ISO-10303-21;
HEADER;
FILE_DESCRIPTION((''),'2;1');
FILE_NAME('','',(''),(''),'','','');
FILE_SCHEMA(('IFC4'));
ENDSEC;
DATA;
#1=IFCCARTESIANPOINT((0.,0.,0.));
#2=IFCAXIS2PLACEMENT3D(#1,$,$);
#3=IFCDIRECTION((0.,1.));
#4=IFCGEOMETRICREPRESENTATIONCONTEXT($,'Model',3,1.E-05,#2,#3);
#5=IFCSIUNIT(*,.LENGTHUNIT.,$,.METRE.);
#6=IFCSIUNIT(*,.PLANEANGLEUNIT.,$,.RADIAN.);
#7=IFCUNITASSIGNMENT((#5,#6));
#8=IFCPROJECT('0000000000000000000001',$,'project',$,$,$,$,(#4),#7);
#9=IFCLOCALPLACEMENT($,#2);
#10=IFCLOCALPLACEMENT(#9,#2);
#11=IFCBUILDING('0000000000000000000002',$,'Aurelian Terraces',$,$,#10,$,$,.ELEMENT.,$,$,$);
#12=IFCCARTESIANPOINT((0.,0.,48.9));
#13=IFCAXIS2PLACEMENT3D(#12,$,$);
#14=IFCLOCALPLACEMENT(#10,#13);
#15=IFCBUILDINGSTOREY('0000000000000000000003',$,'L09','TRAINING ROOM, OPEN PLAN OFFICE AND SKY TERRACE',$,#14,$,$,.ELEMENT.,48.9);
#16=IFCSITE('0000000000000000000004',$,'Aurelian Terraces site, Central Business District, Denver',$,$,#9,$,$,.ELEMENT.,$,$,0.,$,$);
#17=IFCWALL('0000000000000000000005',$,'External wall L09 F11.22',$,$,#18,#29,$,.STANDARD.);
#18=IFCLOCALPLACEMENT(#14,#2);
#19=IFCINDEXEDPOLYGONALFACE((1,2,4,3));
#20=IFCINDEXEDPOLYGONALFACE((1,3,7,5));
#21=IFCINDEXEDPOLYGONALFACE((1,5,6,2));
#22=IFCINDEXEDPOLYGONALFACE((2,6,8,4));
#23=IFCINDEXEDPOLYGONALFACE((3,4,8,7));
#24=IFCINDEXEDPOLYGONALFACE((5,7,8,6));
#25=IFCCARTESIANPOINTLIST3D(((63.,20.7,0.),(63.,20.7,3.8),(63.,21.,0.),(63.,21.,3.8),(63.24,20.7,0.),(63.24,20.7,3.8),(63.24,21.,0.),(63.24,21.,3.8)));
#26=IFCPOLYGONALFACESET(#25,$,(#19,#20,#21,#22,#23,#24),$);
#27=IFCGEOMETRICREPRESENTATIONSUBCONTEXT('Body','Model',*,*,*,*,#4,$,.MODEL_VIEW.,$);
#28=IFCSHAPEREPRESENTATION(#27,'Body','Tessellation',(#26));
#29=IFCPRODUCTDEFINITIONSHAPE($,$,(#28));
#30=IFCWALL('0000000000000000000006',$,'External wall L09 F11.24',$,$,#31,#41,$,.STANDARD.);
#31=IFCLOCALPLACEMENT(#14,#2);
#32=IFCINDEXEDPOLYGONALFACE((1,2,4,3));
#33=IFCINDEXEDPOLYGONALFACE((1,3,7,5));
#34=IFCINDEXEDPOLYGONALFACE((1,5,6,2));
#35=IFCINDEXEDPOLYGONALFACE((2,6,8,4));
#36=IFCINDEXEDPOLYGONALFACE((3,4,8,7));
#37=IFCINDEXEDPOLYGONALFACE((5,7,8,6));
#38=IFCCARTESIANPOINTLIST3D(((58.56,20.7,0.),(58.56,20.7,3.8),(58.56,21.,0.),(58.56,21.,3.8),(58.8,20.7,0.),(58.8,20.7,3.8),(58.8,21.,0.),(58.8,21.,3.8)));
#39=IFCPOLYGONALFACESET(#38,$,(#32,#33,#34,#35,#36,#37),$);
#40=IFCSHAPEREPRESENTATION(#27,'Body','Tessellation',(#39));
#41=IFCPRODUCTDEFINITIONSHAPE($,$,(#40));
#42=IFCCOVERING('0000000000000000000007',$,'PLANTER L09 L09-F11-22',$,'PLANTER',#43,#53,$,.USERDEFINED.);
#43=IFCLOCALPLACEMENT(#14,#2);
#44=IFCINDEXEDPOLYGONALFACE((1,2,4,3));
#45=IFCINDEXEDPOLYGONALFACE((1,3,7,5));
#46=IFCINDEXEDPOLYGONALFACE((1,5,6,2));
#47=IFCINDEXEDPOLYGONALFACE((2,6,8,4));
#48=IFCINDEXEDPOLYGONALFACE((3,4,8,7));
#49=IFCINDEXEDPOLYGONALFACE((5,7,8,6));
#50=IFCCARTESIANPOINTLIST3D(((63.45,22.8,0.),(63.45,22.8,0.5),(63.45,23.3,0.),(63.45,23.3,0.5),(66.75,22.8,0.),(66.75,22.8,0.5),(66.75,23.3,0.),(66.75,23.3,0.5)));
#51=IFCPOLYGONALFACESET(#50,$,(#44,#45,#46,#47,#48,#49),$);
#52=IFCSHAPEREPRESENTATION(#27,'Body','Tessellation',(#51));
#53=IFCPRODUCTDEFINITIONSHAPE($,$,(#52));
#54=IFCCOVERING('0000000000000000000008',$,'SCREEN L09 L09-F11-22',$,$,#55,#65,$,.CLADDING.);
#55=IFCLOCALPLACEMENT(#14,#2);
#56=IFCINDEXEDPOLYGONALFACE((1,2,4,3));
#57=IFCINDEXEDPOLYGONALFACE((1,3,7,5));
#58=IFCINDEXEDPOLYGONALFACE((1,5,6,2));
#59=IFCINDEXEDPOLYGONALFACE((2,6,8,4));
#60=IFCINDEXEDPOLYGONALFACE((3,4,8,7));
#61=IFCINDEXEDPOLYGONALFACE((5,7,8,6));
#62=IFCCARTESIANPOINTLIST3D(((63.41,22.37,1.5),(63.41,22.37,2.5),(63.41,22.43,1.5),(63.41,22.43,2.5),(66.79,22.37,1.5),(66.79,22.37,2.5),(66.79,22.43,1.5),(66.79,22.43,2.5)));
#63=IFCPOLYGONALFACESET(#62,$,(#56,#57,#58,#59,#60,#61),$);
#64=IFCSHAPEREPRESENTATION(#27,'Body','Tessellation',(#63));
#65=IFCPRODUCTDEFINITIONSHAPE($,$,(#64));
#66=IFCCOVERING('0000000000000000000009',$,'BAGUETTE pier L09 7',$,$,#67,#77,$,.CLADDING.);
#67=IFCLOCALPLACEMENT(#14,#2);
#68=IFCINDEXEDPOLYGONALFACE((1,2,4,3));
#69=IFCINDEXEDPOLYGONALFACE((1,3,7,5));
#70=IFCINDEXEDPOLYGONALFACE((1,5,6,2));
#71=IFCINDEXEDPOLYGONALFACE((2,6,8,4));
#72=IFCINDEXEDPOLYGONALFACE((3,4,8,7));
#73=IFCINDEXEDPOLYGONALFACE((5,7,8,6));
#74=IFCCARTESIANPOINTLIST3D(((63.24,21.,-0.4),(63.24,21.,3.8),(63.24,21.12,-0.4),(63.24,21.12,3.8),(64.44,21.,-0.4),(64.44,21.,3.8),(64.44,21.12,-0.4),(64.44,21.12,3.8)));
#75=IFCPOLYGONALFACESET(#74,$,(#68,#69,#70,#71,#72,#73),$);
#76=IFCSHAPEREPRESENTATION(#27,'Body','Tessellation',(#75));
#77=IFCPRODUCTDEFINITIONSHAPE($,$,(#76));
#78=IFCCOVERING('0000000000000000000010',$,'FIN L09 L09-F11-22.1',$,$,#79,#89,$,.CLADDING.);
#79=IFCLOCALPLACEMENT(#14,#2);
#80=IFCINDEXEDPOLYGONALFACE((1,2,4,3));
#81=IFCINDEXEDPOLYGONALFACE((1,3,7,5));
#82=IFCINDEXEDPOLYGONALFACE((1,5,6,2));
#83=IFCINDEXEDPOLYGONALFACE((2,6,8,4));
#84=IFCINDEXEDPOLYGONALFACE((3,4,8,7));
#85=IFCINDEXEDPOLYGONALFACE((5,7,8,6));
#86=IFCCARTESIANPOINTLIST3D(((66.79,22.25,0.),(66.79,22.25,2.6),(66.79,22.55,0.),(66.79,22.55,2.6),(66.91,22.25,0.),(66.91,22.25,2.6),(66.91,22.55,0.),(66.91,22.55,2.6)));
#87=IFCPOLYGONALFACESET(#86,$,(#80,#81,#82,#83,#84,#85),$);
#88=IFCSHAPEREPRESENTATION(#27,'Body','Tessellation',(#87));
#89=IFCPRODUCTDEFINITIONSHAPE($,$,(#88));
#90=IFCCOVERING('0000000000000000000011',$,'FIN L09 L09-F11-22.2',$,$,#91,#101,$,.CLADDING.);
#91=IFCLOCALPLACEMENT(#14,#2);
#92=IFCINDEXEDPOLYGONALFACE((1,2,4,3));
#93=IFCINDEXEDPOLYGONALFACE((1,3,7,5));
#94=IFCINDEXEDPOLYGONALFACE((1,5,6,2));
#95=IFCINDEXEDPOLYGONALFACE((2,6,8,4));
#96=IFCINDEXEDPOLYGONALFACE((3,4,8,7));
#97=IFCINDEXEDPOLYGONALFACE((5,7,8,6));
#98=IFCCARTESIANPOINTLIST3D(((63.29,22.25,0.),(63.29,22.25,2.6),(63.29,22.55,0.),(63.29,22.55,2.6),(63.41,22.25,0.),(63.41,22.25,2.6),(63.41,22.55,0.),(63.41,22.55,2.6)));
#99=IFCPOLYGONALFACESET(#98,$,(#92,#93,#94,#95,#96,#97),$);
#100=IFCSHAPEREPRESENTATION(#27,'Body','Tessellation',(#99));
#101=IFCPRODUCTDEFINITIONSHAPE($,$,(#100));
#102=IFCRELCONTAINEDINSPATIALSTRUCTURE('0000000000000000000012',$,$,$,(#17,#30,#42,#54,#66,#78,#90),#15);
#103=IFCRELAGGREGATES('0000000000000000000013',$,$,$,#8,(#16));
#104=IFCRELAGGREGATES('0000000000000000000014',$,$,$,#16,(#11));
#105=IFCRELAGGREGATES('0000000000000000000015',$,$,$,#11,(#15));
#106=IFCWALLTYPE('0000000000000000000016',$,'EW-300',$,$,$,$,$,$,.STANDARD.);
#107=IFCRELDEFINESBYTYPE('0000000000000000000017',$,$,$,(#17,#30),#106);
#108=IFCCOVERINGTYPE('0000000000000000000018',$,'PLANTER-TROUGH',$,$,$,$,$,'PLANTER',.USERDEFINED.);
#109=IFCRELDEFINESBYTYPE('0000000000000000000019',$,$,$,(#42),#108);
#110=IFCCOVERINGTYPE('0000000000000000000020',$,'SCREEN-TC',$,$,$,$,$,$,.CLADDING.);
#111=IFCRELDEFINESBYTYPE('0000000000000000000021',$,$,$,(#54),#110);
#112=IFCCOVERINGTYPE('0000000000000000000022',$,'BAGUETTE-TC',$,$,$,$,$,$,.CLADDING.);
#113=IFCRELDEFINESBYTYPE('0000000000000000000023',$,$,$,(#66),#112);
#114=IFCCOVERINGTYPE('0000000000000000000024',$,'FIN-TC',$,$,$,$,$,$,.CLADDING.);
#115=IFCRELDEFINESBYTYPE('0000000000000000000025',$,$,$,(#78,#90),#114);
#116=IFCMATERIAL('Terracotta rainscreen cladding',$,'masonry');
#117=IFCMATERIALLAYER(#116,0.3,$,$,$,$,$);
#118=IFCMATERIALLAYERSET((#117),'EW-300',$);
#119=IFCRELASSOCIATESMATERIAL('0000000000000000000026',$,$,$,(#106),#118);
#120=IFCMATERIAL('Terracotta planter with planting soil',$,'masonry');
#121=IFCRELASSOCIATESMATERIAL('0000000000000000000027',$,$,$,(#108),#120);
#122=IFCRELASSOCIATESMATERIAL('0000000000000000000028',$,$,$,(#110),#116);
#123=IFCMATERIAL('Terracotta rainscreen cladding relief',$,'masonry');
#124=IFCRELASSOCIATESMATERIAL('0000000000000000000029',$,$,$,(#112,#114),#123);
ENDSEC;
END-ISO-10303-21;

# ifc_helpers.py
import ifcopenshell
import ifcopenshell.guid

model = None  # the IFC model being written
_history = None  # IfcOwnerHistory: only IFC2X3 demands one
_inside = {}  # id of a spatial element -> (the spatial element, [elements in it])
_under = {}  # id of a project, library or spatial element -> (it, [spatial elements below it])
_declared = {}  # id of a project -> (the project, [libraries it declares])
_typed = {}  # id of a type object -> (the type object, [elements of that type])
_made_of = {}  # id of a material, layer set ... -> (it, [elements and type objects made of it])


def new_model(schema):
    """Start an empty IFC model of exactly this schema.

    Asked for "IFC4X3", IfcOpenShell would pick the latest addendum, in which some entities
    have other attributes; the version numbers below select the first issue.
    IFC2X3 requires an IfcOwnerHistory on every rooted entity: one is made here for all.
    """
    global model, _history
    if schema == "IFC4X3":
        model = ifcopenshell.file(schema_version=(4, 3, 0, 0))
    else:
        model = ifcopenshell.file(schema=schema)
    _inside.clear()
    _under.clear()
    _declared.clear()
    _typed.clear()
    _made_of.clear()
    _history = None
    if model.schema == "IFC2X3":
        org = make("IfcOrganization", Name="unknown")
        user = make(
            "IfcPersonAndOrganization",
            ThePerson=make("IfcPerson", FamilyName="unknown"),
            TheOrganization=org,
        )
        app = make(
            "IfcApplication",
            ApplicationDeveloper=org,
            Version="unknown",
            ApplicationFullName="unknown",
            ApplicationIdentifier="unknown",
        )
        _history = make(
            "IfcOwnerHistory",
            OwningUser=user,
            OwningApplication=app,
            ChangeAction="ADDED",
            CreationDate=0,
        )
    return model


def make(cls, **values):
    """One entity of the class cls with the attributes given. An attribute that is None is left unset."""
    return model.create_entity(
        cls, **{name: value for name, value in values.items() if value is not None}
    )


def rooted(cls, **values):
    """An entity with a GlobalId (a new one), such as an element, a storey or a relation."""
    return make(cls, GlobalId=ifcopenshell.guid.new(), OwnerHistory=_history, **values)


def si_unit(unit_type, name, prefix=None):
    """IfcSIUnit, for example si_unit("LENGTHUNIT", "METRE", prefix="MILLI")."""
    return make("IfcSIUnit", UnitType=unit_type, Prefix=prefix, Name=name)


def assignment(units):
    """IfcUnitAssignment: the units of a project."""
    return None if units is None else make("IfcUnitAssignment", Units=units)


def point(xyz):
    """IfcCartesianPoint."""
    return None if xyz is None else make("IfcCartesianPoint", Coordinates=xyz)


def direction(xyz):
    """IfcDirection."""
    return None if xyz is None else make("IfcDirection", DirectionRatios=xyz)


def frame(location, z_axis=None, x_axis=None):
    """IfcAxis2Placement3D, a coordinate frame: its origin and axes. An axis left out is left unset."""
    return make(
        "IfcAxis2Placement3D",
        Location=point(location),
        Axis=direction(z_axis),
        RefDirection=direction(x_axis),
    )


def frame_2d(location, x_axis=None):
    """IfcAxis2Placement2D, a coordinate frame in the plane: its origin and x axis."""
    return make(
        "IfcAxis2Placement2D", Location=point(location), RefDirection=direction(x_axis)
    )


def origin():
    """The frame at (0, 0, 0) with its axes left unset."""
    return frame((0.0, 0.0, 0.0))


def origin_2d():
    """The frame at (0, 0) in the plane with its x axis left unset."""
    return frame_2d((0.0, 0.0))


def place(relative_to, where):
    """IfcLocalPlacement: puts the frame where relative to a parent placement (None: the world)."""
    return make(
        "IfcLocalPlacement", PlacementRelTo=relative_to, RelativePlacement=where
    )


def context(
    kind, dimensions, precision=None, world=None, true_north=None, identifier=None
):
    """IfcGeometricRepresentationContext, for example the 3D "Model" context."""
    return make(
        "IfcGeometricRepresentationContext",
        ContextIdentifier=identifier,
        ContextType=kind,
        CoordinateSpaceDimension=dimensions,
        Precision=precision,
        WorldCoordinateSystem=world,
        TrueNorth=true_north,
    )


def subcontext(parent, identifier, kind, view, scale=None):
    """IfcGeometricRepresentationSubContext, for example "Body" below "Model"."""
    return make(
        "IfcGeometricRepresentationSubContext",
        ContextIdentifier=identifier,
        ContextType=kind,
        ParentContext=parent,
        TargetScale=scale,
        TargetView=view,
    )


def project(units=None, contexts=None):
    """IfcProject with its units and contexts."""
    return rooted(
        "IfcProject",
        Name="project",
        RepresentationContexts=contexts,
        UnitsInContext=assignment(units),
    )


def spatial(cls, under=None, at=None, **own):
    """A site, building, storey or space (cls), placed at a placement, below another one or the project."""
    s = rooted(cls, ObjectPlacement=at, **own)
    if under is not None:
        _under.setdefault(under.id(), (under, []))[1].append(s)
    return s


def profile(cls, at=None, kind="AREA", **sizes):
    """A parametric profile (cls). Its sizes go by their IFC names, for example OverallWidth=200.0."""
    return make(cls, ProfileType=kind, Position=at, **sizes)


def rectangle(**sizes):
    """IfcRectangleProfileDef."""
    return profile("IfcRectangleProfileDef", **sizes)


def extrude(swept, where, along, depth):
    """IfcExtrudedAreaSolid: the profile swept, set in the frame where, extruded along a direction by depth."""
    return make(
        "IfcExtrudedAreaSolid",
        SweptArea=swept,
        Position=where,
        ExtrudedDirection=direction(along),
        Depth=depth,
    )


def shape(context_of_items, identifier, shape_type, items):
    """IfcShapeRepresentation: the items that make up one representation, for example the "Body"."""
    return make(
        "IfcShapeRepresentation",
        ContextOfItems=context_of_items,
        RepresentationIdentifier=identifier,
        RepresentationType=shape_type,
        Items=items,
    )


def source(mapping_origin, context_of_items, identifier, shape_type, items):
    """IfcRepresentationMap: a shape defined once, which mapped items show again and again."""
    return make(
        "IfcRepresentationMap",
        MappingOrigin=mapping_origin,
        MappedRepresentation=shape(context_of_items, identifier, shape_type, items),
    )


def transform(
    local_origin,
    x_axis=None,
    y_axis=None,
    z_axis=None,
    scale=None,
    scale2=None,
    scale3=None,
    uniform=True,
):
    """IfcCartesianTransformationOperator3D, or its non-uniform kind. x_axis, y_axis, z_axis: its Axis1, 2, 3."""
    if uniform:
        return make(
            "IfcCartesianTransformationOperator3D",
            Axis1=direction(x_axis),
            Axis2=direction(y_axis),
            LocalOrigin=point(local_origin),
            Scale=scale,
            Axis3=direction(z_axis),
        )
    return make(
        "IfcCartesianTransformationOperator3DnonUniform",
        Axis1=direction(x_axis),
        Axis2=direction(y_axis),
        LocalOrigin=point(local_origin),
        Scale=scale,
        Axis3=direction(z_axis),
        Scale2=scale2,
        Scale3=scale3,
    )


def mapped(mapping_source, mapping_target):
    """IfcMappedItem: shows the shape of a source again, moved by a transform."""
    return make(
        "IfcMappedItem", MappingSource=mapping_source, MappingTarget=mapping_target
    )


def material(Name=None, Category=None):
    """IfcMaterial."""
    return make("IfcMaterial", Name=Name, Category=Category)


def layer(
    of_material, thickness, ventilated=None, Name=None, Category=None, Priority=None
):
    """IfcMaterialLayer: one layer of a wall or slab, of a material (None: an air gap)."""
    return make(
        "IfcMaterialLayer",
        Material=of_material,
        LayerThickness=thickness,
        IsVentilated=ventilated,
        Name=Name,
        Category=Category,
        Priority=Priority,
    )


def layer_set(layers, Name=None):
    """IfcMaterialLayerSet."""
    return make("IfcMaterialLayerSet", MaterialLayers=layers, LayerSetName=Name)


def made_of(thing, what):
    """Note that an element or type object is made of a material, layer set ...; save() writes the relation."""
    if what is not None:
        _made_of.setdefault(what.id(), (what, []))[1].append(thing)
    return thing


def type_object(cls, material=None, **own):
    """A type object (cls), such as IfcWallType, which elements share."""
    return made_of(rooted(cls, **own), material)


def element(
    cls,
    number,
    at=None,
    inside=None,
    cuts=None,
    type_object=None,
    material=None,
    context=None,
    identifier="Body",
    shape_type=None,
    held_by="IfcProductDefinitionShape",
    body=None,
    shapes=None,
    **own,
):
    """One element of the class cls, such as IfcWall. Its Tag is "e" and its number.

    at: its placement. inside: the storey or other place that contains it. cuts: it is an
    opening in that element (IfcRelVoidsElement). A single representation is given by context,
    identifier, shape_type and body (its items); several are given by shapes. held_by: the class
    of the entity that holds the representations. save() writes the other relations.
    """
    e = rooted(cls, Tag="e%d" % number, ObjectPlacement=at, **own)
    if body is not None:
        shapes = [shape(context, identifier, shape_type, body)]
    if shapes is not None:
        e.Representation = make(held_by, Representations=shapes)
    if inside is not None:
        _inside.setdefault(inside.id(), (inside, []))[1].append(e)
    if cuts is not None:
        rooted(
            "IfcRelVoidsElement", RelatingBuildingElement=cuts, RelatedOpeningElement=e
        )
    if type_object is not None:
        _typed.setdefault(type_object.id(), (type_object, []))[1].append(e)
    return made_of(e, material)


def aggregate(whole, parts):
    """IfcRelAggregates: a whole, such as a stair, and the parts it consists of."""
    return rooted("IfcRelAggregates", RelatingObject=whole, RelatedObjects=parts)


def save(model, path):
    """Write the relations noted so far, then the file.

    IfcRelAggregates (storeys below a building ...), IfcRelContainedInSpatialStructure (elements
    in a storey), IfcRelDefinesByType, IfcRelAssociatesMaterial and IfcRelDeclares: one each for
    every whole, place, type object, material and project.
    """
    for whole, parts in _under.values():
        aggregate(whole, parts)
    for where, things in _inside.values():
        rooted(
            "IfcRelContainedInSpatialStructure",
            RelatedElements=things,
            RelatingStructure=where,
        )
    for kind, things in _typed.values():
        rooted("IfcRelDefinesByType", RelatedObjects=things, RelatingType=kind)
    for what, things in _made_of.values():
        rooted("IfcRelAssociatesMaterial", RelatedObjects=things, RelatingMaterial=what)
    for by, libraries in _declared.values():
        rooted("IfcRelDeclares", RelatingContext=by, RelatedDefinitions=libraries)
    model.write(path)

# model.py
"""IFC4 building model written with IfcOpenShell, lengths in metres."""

from ifc_helpers import new_model, si_unit, direction, frame, frame_2d, origin, origin_2d, place, context, subcontext, project, spatial, rectangle, extrude, source, transform, mapped, material, layer, layer_set, type_object, element, save


model = new_model("IFC4")

# Units and contexts
model_context = context("Model", 3, precision=1e-05, world=origin(), true_north=direction((0.0, 1.0)))
body_context = subcontext(model_context, "Body", "Model", "MODEL_VIEW")
ifc_project = project(units=[si_unit("LENGTHUNIT", "METRE"), si_unit("PLANEANGLEUNIT", "RADIAN")], contexts=[model_context])

# Site, building, storey
site_placement = place(None, origin())
site = spatial("IfcSite", under=ifc_project, at=site_placement, Name="Aurelian Terraces site, Central Business District, Denver", CompositionType="ELEMENT", RefElevation=0.0)
building_placement = place(site_placement, origin())
building = spatial("IfcBuilding", under=site, at=building_placement, Name="Aurelian Terraces", CompositionType="ELEMENT")
storey_placement = place(building_placement, frame((0.0, 0.0, 48.9)))
storey = spatial("IfcBuildingStorey", under=building, at=storey_placement, Name="L09", Description="TRAINING ROOM, OPEN PLAN OFFICE AND SKY TERRACE", CompositionType="ELEMENT", Elevation=48.9)

# Shared definitions
ifc_material_1 = material(Name="Terracotta rainscreen cladding", Category="masonry")
ifc_layer_1 = layer(ifc_material_1, 0.3)
ifc_layer_set_1 = layer_set([ifc_layer_1], Name="EW-300")
wall_type_1 = type_object("IfcWallType", Name="EW-300", PredefinedType="STANDARD", material=ifc_layer_set_1)

# Walls
shared_shape_1 = source(origin(), body_context, "Body", "SweptSolid", [
    extrude(rectangle(XDim=0.24, YDim=0.3, at=frame_2d((0.12, 0.0))), origin(), (0.0, 0.0, 1.0), 3.8),
])
for number, where, z_axis, x_axis, name in (
    (1, (63.24, 20.85, 0.0), (0.0, 0.0, 1.0), (-1.0, 0.0, 0.0), "External wall L09 F11.22"),
    (2, (58.8, 20.85, 0.0), (0.0, 0.0, 1.0), (-1.0, 0.0, 0.0), "External wall L09 F11.24"),
):
    element("IfcWall", number, at=place(storey_placement, frame(where, z_axis=z_axis, x_axis=x_axis)), inside=storey, type_object=wall_type_1, Name=name, PredefinedType="STANDARD", context=body_context, shape_type="MappedRepresentation", body=[
        mapped(shared_shape_1, transform((0.0, 0.0, 0.0), scale=1.0)),
    ])

# Coverings
ifc_material_2 = material(Name="Terracotta planter with planting soil", Category="masonry")
covering_type_1 = type_object("IfcCoveringType", Name="PLANTER-TROUGH", ElementType="PLANTER", PredefinedType="USERDEFINED", material=ifc_material_2)
covering_1_placement = place(storey_placement, frame((65.1, 23.05, 0.0), z_axis=(0.0, 0.0, 1.0), x_axis=(1.0, 0.0, 0.0)))
element("IfcCovering", 3, at=covering_1_placement, inside=storey, type_object=covering_type_1, Name="PLANTER L09 L09-F11-22", ObjectType="PLANTER", PredefinedType="USERDEFINED", context=body_context, shape_type="SweptSolid", body=[
    extrude(rectangle(XDim=3.3, YDim=0.5, at=origin_2d()), origin(), (0.0, 0.0, 1.0), 0.5),
])
covering_type_2 = type_object("IfcCoveringType", Name="SCREEN-TC", PredefinedType="CLADDING", material=ifc_material_1)
covering_2_placement = place(storey_placement, frame((65.1, 22.4, 1.5), z_axis=(0.0, 0.0, 1.0), x_axis=(1.0, 0.0, 0.0)))
element("IfcCovering", 4, at=covering_2_placement, inside=storey, type_object=covering_type_2, Name="SCREEN L09 L09-F11-22", PredefinedType="CLADDING", context=body_context, shape_type="SweptSolid", body=[
    extrude(rectangle(XDim=3.38, YDim=0.06, at=origin_2d()), origin(), (0.0, 0.0, 1.0), 1.0),
])
ifc_material_3 = material(Name="Terracotta rainscreen cladding relief", Category="masonry")
covering_type_3 = type_object("IfcCoveringType", Name="BAGUETTE-TC", PredefinedType="CLADDING", material=ifc_material_3)
shared_shape_2 = source(origin(), body_context, "Body", "SweptSolid", [
    extrude(rectangle(XDim=1.2, YDim=0.12, at=origin_2d()), origin(), (0.0, 0.0, 1.0), 4.2),
])
covering_3_placement = place(storey_placement, frame((63.84, 21.06, -0.4), z_axis=(0.0, 0.0, 1.0), x_axis=(1.0, 0.0, 0.0)))
element("IfcCovering", 5, at=covering_3_placement, inside=storey, type_object=covering_type_3, Name="BAGUETTE pier L09 7", PredefinedType="CLADDING", context=body_context, shape_type="MappedRepresentation", body=[
    mapped(shared_shape_2, transform((0.0, 0.0, 0.0), scale=1.0)),
])
covering_type_4 = type_object("IfcCoveringType", Name="FIN-TC", PredefinedType="CLADDING", material=ifc_material_3)
shared_shape_3 = source(origin(), body_context, "Body", "SweptSolid", [
    extrude(rectangle(XDim=0.12, YDim=0.3, at=origin_2d()), origin(), (0.0, 0.0, 1.0), 2.6),
])
for number, where, z_axis, x_axis, name in (
    (6, (66.85, 22.4, 0.0), (0.0, 0.0, 1.0), (1.0, 0.0, 0.0), "FIN L09 L09-F11-22.1"),
    (7, (63.35, 22.4, 0.0), (0.0, 0.0, 1.0), (1.0, 0.0, 0.0), "FIN L09 L09-F11-22.2"),
):
    element("IfcCovering", number, at=place(storey_placement, frame(where, z_axis=z_axis, x_axis=x_axis)), inside=storey, type_object=covering_type_4, Name=name, PredefinedType="CLADDING", context=body_context, shape_type="MappedRepresentation", body=[
        mapped(shared_shape_3, transform((0.0, 0.0, 0.0), scale=1.0)),
    ])

save(model, "model.ifc")
